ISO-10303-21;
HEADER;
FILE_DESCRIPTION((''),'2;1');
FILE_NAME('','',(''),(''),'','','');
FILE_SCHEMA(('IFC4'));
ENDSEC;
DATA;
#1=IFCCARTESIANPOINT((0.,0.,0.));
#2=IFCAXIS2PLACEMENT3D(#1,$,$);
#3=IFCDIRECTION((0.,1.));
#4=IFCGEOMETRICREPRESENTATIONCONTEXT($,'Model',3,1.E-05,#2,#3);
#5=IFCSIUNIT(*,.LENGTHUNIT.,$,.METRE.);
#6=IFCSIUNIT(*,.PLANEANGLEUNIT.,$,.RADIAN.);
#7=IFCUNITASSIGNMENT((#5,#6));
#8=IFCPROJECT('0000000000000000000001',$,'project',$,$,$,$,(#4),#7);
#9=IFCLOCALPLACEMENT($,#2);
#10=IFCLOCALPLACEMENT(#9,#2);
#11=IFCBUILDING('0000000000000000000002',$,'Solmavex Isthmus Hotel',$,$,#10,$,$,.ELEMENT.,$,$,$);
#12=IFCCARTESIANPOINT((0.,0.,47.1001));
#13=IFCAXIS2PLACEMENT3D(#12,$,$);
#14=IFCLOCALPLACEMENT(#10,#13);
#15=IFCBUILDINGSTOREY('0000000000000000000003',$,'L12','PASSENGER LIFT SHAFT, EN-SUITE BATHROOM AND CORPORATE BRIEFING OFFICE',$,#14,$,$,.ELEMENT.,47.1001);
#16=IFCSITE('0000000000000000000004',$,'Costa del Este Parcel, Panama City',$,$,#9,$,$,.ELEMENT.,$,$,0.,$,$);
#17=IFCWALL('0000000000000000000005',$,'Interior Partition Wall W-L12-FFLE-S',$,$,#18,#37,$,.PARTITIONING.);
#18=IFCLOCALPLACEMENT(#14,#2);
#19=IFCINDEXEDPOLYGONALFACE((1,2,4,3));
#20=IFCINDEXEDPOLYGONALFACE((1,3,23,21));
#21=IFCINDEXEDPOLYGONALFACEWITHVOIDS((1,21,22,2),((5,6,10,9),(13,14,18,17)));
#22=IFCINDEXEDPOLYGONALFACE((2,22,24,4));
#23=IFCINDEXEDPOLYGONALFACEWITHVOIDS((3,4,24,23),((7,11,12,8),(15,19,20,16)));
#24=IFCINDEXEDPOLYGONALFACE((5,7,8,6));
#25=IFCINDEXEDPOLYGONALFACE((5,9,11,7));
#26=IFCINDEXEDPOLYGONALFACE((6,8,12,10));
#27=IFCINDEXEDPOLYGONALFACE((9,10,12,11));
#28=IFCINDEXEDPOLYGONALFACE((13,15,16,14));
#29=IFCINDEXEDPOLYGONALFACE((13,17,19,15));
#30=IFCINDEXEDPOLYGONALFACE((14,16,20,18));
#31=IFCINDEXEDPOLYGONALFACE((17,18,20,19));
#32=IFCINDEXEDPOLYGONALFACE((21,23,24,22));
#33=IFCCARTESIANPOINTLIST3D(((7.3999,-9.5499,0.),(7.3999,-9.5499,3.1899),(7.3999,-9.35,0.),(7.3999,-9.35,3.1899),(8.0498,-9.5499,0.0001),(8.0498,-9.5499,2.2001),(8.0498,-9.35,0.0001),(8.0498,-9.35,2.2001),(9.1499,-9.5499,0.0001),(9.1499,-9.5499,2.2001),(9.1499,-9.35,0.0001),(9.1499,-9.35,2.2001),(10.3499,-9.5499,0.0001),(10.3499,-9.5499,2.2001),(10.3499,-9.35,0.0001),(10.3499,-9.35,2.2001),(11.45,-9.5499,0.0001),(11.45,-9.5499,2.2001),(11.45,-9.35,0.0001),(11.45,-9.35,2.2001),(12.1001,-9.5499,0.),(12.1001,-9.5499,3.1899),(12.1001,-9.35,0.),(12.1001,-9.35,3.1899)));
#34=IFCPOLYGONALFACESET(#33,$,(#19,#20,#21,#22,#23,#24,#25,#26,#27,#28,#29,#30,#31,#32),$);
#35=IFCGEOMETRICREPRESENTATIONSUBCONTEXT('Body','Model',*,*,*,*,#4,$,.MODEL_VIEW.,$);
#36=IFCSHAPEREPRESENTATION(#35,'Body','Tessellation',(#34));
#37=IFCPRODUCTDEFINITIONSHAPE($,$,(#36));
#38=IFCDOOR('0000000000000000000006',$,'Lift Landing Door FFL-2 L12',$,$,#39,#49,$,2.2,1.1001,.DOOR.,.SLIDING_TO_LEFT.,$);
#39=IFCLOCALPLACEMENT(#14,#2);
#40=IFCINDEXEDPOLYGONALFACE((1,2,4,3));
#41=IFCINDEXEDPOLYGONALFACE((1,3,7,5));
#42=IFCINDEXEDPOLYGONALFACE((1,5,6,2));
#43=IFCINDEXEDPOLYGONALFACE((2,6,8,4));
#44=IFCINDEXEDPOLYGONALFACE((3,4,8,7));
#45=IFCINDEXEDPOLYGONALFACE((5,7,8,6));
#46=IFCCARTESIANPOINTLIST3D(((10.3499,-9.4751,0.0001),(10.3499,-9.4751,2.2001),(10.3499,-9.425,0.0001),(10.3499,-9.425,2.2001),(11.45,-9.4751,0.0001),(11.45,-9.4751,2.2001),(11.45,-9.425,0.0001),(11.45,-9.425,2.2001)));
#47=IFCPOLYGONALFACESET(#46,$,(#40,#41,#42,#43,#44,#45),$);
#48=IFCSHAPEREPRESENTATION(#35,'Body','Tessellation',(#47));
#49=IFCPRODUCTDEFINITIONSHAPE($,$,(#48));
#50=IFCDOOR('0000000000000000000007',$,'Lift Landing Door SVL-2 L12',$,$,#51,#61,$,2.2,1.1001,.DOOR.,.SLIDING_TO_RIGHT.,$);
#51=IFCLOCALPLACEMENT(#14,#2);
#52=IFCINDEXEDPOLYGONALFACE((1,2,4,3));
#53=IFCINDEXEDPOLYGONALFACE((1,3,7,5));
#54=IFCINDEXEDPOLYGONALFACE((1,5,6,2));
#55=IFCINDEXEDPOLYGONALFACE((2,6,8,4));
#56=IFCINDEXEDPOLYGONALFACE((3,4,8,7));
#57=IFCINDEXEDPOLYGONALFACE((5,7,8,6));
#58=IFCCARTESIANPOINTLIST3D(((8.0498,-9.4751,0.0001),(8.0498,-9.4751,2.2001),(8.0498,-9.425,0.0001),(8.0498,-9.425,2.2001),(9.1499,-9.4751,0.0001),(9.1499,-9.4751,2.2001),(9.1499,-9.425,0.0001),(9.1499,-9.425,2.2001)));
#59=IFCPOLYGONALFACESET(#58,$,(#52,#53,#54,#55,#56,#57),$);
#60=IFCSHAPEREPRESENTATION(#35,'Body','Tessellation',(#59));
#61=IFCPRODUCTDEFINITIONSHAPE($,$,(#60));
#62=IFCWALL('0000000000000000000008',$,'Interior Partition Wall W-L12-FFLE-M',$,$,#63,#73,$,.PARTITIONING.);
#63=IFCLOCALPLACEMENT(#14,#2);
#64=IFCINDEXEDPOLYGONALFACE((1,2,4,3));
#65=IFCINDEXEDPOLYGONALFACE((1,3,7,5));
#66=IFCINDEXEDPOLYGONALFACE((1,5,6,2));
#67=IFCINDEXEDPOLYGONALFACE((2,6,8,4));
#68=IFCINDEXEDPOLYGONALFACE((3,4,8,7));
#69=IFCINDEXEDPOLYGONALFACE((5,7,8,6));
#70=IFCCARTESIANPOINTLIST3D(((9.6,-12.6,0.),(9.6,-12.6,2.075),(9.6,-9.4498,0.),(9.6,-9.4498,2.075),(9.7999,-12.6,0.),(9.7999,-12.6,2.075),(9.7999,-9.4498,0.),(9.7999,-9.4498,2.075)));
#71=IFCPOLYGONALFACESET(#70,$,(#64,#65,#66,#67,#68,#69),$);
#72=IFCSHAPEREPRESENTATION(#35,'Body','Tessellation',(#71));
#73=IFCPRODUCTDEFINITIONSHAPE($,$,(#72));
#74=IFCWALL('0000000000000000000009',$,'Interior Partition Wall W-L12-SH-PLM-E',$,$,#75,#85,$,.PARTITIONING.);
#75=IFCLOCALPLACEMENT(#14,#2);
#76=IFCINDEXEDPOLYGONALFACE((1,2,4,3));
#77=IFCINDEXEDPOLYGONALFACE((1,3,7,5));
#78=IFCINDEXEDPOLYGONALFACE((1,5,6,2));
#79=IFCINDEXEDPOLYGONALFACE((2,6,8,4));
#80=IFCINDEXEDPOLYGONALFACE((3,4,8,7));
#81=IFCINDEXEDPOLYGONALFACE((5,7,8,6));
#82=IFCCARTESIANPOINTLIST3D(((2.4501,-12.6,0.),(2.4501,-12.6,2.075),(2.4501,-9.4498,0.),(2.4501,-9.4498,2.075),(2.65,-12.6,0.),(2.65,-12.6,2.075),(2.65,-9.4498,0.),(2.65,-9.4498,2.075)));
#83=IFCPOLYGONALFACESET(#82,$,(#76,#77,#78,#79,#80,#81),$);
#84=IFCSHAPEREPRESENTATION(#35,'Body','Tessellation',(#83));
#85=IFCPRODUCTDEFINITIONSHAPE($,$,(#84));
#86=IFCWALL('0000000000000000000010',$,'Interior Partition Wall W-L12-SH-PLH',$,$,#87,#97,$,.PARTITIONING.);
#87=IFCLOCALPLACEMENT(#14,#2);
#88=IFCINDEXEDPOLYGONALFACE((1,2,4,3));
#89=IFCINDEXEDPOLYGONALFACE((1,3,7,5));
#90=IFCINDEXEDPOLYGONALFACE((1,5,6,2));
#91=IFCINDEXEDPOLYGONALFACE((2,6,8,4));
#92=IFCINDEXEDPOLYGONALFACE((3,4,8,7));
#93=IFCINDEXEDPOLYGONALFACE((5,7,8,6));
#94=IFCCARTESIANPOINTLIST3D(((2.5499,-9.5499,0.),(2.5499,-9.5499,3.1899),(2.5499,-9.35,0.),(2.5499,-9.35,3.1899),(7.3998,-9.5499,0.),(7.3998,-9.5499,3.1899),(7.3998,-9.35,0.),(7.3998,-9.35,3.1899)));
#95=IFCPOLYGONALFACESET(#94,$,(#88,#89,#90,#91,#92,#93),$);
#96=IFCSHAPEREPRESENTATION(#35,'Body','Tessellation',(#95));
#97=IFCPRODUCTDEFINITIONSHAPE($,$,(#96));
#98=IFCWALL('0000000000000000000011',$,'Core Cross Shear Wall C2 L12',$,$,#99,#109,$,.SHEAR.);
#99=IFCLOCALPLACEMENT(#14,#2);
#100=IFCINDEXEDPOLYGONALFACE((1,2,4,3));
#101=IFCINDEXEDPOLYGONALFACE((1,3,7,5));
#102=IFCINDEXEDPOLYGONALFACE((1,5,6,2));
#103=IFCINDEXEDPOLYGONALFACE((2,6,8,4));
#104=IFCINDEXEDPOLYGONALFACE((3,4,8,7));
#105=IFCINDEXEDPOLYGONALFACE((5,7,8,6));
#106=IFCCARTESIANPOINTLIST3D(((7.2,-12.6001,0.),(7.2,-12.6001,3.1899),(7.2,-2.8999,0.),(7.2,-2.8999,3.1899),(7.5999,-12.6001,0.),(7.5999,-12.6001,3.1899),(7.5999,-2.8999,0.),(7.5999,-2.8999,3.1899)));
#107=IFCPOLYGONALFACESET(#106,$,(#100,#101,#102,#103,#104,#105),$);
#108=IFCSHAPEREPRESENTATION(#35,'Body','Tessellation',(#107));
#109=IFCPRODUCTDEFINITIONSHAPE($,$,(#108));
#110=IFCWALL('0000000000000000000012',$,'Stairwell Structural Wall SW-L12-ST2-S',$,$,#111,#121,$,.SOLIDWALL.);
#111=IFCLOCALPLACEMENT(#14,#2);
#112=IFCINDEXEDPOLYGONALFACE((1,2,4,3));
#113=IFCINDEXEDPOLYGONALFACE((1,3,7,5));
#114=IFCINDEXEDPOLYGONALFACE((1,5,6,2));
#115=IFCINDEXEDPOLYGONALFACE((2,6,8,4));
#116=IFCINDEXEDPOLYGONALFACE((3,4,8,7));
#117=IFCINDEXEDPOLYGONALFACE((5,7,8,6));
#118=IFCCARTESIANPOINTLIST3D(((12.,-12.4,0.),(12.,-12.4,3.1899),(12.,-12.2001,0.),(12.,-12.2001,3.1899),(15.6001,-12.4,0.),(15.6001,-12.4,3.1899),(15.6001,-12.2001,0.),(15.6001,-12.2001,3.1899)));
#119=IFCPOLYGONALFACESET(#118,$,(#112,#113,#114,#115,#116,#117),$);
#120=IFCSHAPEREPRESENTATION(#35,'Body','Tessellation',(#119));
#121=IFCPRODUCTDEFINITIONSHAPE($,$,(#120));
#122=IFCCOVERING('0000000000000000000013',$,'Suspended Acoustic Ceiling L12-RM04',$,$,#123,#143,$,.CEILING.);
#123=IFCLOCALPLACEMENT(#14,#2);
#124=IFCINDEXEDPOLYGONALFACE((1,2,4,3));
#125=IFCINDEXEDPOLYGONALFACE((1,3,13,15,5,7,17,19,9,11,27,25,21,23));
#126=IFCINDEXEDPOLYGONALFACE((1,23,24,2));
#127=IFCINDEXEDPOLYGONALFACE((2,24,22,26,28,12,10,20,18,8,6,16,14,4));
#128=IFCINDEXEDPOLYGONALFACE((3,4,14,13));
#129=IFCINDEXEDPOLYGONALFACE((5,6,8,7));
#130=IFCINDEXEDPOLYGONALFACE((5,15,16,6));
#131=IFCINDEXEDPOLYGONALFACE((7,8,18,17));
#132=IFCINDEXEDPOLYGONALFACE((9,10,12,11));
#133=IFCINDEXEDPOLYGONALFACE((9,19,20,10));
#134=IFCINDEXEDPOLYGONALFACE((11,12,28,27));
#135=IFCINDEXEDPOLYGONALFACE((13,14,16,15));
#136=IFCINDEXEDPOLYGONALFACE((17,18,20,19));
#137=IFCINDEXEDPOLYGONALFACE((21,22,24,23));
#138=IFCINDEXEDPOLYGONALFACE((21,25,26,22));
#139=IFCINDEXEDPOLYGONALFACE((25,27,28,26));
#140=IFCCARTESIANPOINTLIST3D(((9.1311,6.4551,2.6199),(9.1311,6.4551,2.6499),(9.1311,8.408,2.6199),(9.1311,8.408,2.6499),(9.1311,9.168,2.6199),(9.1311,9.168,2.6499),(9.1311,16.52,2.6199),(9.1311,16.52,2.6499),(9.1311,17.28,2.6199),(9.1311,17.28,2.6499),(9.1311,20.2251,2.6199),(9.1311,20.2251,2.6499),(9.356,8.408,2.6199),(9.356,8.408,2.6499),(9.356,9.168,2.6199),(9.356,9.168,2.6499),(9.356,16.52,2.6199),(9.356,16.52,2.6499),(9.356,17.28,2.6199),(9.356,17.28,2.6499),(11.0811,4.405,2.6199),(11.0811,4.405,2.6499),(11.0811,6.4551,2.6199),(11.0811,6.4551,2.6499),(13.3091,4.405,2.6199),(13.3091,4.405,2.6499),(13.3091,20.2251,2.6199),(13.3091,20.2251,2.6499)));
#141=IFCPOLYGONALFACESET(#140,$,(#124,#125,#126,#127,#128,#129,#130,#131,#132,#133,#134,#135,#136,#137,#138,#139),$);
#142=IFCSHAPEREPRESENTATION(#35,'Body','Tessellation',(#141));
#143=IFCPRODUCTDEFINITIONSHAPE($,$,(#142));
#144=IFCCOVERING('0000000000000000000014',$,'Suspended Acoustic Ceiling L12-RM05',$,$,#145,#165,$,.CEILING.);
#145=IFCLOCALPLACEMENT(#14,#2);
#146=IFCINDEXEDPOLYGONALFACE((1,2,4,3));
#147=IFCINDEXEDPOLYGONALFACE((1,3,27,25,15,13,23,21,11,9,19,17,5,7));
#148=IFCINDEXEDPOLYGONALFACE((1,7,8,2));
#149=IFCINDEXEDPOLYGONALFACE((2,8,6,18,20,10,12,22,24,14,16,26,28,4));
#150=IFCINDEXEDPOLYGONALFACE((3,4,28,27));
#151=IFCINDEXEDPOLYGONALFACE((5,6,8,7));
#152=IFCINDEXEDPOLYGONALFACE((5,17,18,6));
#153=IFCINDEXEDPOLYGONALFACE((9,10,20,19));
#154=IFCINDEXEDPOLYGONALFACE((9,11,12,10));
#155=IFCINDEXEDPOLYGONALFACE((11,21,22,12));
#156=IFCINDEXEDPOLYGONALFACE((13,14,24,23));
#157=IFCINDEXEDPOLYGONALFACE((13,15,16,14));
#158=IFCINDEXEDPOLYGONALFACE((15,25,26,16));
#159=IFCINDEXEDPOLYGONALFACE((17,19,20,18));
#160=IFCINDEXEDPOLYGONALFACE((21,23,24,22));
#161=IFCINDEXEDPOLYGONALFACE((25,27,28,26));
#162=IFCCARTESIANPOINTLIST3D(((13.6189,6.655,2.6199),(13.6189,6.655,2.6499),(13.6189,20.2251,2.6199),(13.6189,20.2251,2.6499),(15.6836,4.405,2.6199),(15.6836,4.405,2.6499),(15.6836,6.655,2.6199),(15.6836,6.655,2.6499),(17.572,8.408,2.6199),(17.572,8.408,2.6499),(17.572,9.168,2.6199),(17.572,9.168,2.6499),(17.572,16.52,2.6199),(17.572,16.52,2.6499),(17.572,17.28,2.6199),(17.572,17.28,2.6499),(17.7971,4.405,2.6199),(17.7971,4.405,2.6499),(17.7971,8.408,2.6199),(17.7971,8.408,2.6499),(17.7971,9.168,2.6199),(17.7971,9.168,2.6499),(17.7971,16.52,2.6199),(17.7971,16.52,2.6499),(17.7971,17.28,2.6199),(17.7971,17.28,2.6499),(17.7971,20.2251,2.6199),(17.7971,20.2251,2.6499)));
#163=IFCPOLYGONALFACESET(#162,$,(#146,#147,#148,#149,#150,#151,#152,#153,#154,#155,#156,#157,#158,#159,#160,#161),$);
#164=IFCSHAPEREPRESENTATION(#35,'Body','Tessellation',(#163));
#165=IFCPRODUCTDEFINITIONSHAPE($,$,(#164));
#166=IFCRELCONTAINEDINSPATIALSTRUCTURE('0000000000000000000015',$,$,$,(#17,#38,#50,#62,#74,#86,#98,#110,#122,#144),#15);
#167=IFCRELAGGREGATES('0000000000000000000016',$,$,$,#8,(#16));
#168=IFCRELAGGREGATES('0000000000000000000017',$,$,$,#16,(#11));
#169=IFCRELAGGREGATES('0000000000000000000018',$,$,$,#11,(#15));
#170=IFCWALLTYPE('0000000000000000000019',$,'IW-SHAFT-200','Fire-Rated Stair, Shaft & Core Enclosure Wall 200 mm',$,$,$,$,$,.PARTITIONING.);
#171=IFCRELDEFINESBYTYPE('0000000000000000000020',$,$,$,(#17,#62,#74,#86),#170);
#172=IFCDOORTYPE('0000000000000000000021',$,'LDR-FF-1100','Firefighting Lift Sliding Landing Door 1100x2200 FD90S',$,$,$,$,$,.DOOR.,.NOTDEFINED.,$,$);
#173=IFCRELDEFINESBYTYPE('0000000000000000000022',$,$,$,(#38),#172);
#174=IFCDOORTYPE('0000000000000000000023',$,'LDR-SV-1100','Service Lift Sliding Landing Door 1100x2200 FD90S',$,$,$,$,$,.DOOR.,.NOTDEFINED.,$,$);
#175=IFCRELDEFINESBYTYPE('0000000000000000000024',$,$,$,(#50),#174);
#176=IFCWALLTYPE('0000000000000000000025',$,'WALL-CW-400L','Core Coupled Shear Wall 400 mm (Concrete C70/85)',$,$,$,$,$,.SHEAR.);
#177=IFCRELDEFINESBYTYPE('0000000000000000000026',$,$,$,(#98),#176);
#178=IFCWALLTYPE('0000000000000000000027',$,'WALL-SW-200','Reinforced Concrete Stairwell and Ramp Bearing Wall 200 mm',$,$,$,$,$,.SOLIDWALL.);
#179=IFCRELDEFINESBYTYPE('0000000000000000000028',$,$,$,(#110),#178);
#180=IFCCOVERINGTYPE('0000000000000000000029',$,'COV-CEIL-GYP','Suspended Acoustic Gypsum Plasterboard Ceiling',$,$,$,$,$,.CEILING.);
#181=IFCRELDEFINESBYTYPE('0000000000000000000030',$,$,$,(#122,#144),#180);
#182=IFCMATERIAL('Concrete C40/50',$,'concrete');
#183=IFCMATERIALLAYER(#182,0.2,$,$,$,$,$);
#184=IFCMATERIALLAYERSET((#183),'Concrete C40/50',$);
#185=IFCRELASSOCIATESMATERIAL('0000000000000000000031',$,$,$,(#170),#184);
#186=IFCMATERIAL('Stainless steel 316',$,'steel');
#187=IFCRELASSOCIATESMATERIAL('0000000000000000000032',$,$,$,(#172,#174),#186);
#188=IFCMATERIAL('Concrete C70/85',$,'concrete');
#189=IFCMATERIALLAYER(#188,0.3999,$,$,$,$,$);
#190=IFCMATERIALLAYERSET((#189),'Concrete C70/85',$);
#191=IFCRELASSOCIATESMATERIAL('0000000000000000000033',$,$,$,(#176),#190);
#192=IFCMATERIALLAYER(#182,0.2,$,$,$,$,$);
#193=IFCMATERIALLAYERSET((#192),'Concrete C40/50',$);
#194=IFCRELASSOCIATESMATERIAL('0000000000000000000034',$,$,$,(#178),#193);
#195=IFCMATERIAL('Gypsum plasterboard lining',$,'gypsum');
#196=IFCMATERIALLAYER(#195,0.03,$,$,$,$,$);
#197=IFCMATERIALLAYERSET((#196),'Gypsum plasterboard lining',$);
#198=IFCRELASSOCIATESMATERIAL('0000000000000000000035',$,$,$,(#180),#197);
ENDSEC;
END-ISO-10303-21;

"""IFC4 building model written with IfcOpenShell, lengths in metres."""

from ifc_helpers import new_model, si_unit, direction, frame, frame_2d, origin, place, context, subcontext, project, spatial, polyline, rectangle, outline, extrude, material, layer, layer_set, type_object, element, fill, save


model = new_model("IFC4")

# Units and contexts
model_context = context("Model", 3, precision=1e-05, world=origin(), true_north=direction((0.0, 1.0)))
body_context = subcontext(model_context, "Body", "Model", "MODEL_VIEW")
ifc_project = project(units=[si_unit("LENGTHUNIT", "METRE"), si_unit("PLANEANGLEUNIT", "RADIAN")], contexts=[model_context])

# Site, building, storey
site_placement = place(None, origin())
site = spatial("IfcSite", under=ifc_project, at=site_placement, Name="Costa del Este Parcel, Panama City", CompositionType="ELEMENT", RefElevation=0.0)
building_placement = place(site_placement, origin())
building = spatial("IfcBuilding", under=site, at=building_placement, Name="Solmavex Isthmus Hotel", CompositionType="ELEMENT")
storey_placement = place(building_placement, frame((0.0, 0.0, 47.1001)))
storey = spatial("IfcBuildingStorey", under=building, at=storey_placement, Name="L12", Description="PASSENGER LIFT SHAFT, EN-SUITE BATHROOM AND CORPORATE BRIEFING OFFICE", CompositionType="ELEMENT", Elevation=47.1001)

# Shared definitions
ifc_material_1 = material(Name="Concrete C70/85", Category="concrete")

# Shared definitions
ifc_material_2 = material(Name="Gypsum plasterboard lining", Category="gypsum")

# Shared definitions
ifc_material_3 = material(Name="Concrete C40/50", Category="concrete")

# Wall, openings, doors
ifc_layer_1 = layer(ifc_material_3, 0.2)
ifc_layer_set_1 = layer_set([ifc_layer_1], Name="Concrete C40/50")
wall_type_1 = type_object("IfcWallType", Name="IW-SHAFT-200", Description="Fire-Rated Stair, Shaft & Core Enclosure Wall 200 mm", PredefinedType="PARTITIONING", material=ifc_layer_set_1)
wall_1_placement = place(storey_placement, frame((7.3999, -9.45, 0.0), z_axis=(0.0, 0.0, 1.0), x_axis=(1.0, 0.0, 0.0)))
wall_1 = element("IfcWall", 1, at=wall_1_placement, inside=storey, type_object=wall_type_1, Name="Interior Partition Wall W-L12-FFLE-S", PredefinedType="PARTITIONING", context=body_context, shape_type="SweptSolid", body=[
    extrude(rectangle(XDim=4.7002, YDim=0.2, at=frame_2d((2.3501, 0.0))), origin(), (0.0, 0.0, 1.0), 3.1899),
])
opening_1_placement = place(wall_1_placement, frame((2.95, 0.0, 0.0)))
opening_1 = element("IfcOpeningElement", 2, at=opening_1_placement, cuts=wall_1, PredefinedType="OPENING", context=body_context, shape_type="SweptSolid", body=[
    extrude(rectangle(XDim=1.1001, YDim=2.2, at=frame_2d((0.55, 1.1001))), frame((0.0, 0.1099, 0.0), z_axis=(0.0, -1.0, 0.0), x_axis=(1.0, 0.0, 0.0)), (0.0, 0.0, 1.0), 0.22),
])
opening_2_placement = place(wall_1_placement, frame((0.6499, 0.0, 0.0)))
opening_2 = element("IfcOpeningElement", 3, at=opening_2_placement, cuts=wall_1, PredefinedType="OPENING", context=body_context, shape_type="SweptSolid", body=[
    extrude(rectangle(XDim=1.1001, YDim=2.2, at=frame_2d((0.55, 1.1001))), frame((0.0, 0.1099, 0.0), z_axis=(0.0, -1.0, 0.0), x_axis=(1.0, 0.0, 0.0)), (0.0, 0.0, 1.0), 0.22),
])
ifc_material_4 = material(Name="Stainless steel 316", Category="steel")
door_type_1 = type_object("IfcDoorType", Name="LDR-FF-1100", Description="Firefighting Lift Sliding Landing Door 1100x2200 FD90S", OperationType="NOTDEFINED", PredefinedType="DOOR", material=ifc_material_4)
door_1_placement = place(opening_1_placement, origin())
door_1 = element("IfcDoor", 4, at=door_1_placement, inside=storey, type_object=door_type_1, Name="Lift Landing Door FFL-2 L12", OperationType="SLIDING_TO_LEFT", OverallHeight=2.2, OverallWidth=1.1001, PredefinedType="DOOR", context=body_context, shape_type="SweptSolid", body=[
    extrude(rectangle(XDim=1.1001, YDim=2.2, at=frame_2d((0.55, 1.1001))), frame((0.0, 0.0249, 0.0), z_axis=(0.0, -1.0, 0.0), x_axis=(1.0, 0.0, 0.0)), (0.0, 0.0, 1.0), 0.05),
])
fill(opening_1, door_1)
door_type_2 = type_object("IfcDoorType", Name="LDR-SV-1100", Description="Service Lift Sliding Landing Door 1100x2200 FD90S", OperationType="NOTDEFINED", PredefinedType="DOOR", material=ifc_material_4)
door_2_placement = place(opening_2_placement, origin())
door_2 = element("IfcDoor", 5, at=door_2_placement, inside=storey, type_object=door_type_2, Name="Lift Landing Door SVL-2 L12", OperationType="SLIDING_TO_RIGHT", OverallHeight=2.2, OverallWidth=1.1001, PredefinedType="DOOR", context=body_context, shape_type="SweptSolid", body=[
    extrude(rectangle(XDim=1.1001, YDim=2.2, at=frame_2d((0.55, 1.1001))), frame((0.0, 0.0249, 0.0), z_axis=(0.0, -1.0, 0.0), x_axis=(1.0, 0.0, 0.0)), (0.0, 0.0, 1.0), 0.05),
])
fill(opening_2, door_2)

# Walls
for number, where, z_axis, x_axis, name in (
    (6, (9.7, -12.6001, 0.0), (0.0, 0.0, 1.0), (0.0, 1.0, 0.0), "Interior Partition Wall W-L12-FFLE-M"),
    (7, (2.55, -12.6001, 0.0), (0.0, 0.0, 1.0), (0.0, 1.0, 0.0), "Interior Partition Wall W-L12-SH-PLM-E"),
):
    element("IfcWall", number, at=place(storey_placement, frame(where, z_axis=z_axis, x_axis=x_axis)), inside=storey, type_object=wall_type_1, Name=name, PredefinedType="PARTITIONING", context=body_context, shape_type="SweptSolid", body=[
        extrude(rectangle(XDim=3.1501, YDim=0.2, at=frame_2d((1.5752, 0.0))), origin(), (0.0, 0.0, 1.0), 2.075),
    ])
wall_2_placement = place(storey_placement, frame((2.55, -9.45, 0.0), z_axis=(0.0, 0.0, 1.0), x_axis=(1.0, 0.0, 0.0)))
element("IfcWall", 8, at=wall_2_placement, inside=storey, type_object=wall_type_1, Name="Interior Partition Wall W-L12-SH-PLH", PredefinedType="PARTITIONING", context=body_context, shape_type="SweptSolid", body=[
    extrude(rectangle(XDim=4.8499, YDim=0.2, at=frame_2d((2.4248, 0.0))), origin(), (0.0, 0.0, 1.0), 3.1899),
])
ifc_layer_2 = layer(ifc_material_1, 0.3999)
ifc_layer_set_2 = layer_set([ifc_layer_2], Name="Concrete C70/85")
wall_type_2 = type_object("IfcWallType", Name="WALL-CW-400L", Description="Core Coupled Shear Wall 400 mm (Concrete C70/85)", PredefinedType="SHEAR", material=ifc_layer_set_2)
wall_3_placement = place(storey_placement, frame((7.3999, -12.6001, 0.0), z_axis=(0.0, 0.0, 1.0), x_axis=(0.0, 1.0, 0.0)))
element("IfcWall", 9, at=wall_3_placement, inside=storey, type_object=wall_type_2, Name="Core Cross Shear Wall C2 L12", PredefinedType="SHEAR", context=body_context, shape_type="SweptSolid", body=[
    extrude(rectangle(XDim=9.7002, YDim=0.3999, at=frame_2d((4.8501, 0.0))), origin(), (0.0, 0.0, 1.0), 3.1899),
])
ifc_layer_3 = layer(ifc_material_3, 0.2)
ifc_layer_set_3 = layer_set([ifc_layer_3], Name="Concrete C40/50")
wall_type_3 = type_object("IfcWallType", Name="WALL-SW-200", Description="Reinforced Concrete Stairwell and Ramp Bearing Wall 200 mm", PredefinedType="SOLIDWALL", material=ifc_layer_set_3)
wall_4_placement = place(storey_placement, frame((12.0, -12.3, 0.0), z_axis=(0.0, 0.0, 1.0), x_axis=(1.0, 0.0, 0.0)))
element("IfcWall", 10, at=wall_4_placement, inside=storey, type_object=wall_type_3, Name="Stairwell Structural Wall SW-L12-ST2-S", PredefinedType="SOLIDWALL", context=body_context, shape_type="SweptSolid", body=[
    extrude(rectangle(XDim=3.6001, YDim=0.2, at=frame_2d((1.8, 0.0))), origin(), (0.0, 0.0, 1.0), 3.1899),
])

# Coverings
ifc_layer_4 = layer(ifc_material_2, 0.03)
ifc_layer_set_4 = layer_set([ifc_layer_4], Name="Gypsum plasterboard lining")
covering_type_1 = type_object("IfcCoveringType", Name="COV-CEIL-GYP", Description="Suspended Acoustic Gypsum Plasterboard Ceiling", PredefinedType="CEILING", material=ifc_layer_set_4)
covering_1_placement = place(storey_placement, frame((0.0, 0.0, 2.6199)))
element("IfcCovering", 11, at=covering_1_placement, inside=storey, type_object=covering_type_1, Name="Suspended Acoustic Ceiling L12-RM04", PredefinedType="CEILING", context=body_context, shape_type="SweptSolid", body=[
    extrude(outline(polyline([(9.1311, 9.168), (9.356, 9.168), (9.356, 8.408), (9.1311, 8.408), (9.1311, 6.4551), (11.0811, 6.4551), (11.0811, 4.405), (13.3091, 4.405), (13.3091, 20.2251), (9.1311, 20.2251), (9.1311, 17.28), (9.356, 17.28), (9.356, 16.52), (9.1311, 16.52), (9.1311, 9.168)])), origin(), (0.0, 0.0, 1.0), 0.03),
])
covering_2_placement = place(storey_placement, frame((0.0, 0.0, 2.6199)))
element("IfcCovering", 12, at=covering_2_placement, inside=storey, type_object=covering_type_1, Name="Suspended Acoustic Ceiling L12-RM05", PredefinedType="CEILING", context=body_context, shape_type="SweptSolid", body=[
    extrude(outline(polyline([(17.7971, 16.52), (17.572, 16.52), (17.572, 17.28), (17.7971, 17.28), (17.7971, 20.2251), (13.6189, 20.2251), (13.6189, 6.655), (15.6836, 6.655), (15.6836, 4.405), (17.7971, 4.405), (17.7971, 8.408), (17.572, 8.408), (17.572, 9.168), (17.7971, 9.168), (17.7971, 16.52)])), origin(), (0.0, 0.0, 1.0), 0.03),
])

save(model, "model.ifc")
